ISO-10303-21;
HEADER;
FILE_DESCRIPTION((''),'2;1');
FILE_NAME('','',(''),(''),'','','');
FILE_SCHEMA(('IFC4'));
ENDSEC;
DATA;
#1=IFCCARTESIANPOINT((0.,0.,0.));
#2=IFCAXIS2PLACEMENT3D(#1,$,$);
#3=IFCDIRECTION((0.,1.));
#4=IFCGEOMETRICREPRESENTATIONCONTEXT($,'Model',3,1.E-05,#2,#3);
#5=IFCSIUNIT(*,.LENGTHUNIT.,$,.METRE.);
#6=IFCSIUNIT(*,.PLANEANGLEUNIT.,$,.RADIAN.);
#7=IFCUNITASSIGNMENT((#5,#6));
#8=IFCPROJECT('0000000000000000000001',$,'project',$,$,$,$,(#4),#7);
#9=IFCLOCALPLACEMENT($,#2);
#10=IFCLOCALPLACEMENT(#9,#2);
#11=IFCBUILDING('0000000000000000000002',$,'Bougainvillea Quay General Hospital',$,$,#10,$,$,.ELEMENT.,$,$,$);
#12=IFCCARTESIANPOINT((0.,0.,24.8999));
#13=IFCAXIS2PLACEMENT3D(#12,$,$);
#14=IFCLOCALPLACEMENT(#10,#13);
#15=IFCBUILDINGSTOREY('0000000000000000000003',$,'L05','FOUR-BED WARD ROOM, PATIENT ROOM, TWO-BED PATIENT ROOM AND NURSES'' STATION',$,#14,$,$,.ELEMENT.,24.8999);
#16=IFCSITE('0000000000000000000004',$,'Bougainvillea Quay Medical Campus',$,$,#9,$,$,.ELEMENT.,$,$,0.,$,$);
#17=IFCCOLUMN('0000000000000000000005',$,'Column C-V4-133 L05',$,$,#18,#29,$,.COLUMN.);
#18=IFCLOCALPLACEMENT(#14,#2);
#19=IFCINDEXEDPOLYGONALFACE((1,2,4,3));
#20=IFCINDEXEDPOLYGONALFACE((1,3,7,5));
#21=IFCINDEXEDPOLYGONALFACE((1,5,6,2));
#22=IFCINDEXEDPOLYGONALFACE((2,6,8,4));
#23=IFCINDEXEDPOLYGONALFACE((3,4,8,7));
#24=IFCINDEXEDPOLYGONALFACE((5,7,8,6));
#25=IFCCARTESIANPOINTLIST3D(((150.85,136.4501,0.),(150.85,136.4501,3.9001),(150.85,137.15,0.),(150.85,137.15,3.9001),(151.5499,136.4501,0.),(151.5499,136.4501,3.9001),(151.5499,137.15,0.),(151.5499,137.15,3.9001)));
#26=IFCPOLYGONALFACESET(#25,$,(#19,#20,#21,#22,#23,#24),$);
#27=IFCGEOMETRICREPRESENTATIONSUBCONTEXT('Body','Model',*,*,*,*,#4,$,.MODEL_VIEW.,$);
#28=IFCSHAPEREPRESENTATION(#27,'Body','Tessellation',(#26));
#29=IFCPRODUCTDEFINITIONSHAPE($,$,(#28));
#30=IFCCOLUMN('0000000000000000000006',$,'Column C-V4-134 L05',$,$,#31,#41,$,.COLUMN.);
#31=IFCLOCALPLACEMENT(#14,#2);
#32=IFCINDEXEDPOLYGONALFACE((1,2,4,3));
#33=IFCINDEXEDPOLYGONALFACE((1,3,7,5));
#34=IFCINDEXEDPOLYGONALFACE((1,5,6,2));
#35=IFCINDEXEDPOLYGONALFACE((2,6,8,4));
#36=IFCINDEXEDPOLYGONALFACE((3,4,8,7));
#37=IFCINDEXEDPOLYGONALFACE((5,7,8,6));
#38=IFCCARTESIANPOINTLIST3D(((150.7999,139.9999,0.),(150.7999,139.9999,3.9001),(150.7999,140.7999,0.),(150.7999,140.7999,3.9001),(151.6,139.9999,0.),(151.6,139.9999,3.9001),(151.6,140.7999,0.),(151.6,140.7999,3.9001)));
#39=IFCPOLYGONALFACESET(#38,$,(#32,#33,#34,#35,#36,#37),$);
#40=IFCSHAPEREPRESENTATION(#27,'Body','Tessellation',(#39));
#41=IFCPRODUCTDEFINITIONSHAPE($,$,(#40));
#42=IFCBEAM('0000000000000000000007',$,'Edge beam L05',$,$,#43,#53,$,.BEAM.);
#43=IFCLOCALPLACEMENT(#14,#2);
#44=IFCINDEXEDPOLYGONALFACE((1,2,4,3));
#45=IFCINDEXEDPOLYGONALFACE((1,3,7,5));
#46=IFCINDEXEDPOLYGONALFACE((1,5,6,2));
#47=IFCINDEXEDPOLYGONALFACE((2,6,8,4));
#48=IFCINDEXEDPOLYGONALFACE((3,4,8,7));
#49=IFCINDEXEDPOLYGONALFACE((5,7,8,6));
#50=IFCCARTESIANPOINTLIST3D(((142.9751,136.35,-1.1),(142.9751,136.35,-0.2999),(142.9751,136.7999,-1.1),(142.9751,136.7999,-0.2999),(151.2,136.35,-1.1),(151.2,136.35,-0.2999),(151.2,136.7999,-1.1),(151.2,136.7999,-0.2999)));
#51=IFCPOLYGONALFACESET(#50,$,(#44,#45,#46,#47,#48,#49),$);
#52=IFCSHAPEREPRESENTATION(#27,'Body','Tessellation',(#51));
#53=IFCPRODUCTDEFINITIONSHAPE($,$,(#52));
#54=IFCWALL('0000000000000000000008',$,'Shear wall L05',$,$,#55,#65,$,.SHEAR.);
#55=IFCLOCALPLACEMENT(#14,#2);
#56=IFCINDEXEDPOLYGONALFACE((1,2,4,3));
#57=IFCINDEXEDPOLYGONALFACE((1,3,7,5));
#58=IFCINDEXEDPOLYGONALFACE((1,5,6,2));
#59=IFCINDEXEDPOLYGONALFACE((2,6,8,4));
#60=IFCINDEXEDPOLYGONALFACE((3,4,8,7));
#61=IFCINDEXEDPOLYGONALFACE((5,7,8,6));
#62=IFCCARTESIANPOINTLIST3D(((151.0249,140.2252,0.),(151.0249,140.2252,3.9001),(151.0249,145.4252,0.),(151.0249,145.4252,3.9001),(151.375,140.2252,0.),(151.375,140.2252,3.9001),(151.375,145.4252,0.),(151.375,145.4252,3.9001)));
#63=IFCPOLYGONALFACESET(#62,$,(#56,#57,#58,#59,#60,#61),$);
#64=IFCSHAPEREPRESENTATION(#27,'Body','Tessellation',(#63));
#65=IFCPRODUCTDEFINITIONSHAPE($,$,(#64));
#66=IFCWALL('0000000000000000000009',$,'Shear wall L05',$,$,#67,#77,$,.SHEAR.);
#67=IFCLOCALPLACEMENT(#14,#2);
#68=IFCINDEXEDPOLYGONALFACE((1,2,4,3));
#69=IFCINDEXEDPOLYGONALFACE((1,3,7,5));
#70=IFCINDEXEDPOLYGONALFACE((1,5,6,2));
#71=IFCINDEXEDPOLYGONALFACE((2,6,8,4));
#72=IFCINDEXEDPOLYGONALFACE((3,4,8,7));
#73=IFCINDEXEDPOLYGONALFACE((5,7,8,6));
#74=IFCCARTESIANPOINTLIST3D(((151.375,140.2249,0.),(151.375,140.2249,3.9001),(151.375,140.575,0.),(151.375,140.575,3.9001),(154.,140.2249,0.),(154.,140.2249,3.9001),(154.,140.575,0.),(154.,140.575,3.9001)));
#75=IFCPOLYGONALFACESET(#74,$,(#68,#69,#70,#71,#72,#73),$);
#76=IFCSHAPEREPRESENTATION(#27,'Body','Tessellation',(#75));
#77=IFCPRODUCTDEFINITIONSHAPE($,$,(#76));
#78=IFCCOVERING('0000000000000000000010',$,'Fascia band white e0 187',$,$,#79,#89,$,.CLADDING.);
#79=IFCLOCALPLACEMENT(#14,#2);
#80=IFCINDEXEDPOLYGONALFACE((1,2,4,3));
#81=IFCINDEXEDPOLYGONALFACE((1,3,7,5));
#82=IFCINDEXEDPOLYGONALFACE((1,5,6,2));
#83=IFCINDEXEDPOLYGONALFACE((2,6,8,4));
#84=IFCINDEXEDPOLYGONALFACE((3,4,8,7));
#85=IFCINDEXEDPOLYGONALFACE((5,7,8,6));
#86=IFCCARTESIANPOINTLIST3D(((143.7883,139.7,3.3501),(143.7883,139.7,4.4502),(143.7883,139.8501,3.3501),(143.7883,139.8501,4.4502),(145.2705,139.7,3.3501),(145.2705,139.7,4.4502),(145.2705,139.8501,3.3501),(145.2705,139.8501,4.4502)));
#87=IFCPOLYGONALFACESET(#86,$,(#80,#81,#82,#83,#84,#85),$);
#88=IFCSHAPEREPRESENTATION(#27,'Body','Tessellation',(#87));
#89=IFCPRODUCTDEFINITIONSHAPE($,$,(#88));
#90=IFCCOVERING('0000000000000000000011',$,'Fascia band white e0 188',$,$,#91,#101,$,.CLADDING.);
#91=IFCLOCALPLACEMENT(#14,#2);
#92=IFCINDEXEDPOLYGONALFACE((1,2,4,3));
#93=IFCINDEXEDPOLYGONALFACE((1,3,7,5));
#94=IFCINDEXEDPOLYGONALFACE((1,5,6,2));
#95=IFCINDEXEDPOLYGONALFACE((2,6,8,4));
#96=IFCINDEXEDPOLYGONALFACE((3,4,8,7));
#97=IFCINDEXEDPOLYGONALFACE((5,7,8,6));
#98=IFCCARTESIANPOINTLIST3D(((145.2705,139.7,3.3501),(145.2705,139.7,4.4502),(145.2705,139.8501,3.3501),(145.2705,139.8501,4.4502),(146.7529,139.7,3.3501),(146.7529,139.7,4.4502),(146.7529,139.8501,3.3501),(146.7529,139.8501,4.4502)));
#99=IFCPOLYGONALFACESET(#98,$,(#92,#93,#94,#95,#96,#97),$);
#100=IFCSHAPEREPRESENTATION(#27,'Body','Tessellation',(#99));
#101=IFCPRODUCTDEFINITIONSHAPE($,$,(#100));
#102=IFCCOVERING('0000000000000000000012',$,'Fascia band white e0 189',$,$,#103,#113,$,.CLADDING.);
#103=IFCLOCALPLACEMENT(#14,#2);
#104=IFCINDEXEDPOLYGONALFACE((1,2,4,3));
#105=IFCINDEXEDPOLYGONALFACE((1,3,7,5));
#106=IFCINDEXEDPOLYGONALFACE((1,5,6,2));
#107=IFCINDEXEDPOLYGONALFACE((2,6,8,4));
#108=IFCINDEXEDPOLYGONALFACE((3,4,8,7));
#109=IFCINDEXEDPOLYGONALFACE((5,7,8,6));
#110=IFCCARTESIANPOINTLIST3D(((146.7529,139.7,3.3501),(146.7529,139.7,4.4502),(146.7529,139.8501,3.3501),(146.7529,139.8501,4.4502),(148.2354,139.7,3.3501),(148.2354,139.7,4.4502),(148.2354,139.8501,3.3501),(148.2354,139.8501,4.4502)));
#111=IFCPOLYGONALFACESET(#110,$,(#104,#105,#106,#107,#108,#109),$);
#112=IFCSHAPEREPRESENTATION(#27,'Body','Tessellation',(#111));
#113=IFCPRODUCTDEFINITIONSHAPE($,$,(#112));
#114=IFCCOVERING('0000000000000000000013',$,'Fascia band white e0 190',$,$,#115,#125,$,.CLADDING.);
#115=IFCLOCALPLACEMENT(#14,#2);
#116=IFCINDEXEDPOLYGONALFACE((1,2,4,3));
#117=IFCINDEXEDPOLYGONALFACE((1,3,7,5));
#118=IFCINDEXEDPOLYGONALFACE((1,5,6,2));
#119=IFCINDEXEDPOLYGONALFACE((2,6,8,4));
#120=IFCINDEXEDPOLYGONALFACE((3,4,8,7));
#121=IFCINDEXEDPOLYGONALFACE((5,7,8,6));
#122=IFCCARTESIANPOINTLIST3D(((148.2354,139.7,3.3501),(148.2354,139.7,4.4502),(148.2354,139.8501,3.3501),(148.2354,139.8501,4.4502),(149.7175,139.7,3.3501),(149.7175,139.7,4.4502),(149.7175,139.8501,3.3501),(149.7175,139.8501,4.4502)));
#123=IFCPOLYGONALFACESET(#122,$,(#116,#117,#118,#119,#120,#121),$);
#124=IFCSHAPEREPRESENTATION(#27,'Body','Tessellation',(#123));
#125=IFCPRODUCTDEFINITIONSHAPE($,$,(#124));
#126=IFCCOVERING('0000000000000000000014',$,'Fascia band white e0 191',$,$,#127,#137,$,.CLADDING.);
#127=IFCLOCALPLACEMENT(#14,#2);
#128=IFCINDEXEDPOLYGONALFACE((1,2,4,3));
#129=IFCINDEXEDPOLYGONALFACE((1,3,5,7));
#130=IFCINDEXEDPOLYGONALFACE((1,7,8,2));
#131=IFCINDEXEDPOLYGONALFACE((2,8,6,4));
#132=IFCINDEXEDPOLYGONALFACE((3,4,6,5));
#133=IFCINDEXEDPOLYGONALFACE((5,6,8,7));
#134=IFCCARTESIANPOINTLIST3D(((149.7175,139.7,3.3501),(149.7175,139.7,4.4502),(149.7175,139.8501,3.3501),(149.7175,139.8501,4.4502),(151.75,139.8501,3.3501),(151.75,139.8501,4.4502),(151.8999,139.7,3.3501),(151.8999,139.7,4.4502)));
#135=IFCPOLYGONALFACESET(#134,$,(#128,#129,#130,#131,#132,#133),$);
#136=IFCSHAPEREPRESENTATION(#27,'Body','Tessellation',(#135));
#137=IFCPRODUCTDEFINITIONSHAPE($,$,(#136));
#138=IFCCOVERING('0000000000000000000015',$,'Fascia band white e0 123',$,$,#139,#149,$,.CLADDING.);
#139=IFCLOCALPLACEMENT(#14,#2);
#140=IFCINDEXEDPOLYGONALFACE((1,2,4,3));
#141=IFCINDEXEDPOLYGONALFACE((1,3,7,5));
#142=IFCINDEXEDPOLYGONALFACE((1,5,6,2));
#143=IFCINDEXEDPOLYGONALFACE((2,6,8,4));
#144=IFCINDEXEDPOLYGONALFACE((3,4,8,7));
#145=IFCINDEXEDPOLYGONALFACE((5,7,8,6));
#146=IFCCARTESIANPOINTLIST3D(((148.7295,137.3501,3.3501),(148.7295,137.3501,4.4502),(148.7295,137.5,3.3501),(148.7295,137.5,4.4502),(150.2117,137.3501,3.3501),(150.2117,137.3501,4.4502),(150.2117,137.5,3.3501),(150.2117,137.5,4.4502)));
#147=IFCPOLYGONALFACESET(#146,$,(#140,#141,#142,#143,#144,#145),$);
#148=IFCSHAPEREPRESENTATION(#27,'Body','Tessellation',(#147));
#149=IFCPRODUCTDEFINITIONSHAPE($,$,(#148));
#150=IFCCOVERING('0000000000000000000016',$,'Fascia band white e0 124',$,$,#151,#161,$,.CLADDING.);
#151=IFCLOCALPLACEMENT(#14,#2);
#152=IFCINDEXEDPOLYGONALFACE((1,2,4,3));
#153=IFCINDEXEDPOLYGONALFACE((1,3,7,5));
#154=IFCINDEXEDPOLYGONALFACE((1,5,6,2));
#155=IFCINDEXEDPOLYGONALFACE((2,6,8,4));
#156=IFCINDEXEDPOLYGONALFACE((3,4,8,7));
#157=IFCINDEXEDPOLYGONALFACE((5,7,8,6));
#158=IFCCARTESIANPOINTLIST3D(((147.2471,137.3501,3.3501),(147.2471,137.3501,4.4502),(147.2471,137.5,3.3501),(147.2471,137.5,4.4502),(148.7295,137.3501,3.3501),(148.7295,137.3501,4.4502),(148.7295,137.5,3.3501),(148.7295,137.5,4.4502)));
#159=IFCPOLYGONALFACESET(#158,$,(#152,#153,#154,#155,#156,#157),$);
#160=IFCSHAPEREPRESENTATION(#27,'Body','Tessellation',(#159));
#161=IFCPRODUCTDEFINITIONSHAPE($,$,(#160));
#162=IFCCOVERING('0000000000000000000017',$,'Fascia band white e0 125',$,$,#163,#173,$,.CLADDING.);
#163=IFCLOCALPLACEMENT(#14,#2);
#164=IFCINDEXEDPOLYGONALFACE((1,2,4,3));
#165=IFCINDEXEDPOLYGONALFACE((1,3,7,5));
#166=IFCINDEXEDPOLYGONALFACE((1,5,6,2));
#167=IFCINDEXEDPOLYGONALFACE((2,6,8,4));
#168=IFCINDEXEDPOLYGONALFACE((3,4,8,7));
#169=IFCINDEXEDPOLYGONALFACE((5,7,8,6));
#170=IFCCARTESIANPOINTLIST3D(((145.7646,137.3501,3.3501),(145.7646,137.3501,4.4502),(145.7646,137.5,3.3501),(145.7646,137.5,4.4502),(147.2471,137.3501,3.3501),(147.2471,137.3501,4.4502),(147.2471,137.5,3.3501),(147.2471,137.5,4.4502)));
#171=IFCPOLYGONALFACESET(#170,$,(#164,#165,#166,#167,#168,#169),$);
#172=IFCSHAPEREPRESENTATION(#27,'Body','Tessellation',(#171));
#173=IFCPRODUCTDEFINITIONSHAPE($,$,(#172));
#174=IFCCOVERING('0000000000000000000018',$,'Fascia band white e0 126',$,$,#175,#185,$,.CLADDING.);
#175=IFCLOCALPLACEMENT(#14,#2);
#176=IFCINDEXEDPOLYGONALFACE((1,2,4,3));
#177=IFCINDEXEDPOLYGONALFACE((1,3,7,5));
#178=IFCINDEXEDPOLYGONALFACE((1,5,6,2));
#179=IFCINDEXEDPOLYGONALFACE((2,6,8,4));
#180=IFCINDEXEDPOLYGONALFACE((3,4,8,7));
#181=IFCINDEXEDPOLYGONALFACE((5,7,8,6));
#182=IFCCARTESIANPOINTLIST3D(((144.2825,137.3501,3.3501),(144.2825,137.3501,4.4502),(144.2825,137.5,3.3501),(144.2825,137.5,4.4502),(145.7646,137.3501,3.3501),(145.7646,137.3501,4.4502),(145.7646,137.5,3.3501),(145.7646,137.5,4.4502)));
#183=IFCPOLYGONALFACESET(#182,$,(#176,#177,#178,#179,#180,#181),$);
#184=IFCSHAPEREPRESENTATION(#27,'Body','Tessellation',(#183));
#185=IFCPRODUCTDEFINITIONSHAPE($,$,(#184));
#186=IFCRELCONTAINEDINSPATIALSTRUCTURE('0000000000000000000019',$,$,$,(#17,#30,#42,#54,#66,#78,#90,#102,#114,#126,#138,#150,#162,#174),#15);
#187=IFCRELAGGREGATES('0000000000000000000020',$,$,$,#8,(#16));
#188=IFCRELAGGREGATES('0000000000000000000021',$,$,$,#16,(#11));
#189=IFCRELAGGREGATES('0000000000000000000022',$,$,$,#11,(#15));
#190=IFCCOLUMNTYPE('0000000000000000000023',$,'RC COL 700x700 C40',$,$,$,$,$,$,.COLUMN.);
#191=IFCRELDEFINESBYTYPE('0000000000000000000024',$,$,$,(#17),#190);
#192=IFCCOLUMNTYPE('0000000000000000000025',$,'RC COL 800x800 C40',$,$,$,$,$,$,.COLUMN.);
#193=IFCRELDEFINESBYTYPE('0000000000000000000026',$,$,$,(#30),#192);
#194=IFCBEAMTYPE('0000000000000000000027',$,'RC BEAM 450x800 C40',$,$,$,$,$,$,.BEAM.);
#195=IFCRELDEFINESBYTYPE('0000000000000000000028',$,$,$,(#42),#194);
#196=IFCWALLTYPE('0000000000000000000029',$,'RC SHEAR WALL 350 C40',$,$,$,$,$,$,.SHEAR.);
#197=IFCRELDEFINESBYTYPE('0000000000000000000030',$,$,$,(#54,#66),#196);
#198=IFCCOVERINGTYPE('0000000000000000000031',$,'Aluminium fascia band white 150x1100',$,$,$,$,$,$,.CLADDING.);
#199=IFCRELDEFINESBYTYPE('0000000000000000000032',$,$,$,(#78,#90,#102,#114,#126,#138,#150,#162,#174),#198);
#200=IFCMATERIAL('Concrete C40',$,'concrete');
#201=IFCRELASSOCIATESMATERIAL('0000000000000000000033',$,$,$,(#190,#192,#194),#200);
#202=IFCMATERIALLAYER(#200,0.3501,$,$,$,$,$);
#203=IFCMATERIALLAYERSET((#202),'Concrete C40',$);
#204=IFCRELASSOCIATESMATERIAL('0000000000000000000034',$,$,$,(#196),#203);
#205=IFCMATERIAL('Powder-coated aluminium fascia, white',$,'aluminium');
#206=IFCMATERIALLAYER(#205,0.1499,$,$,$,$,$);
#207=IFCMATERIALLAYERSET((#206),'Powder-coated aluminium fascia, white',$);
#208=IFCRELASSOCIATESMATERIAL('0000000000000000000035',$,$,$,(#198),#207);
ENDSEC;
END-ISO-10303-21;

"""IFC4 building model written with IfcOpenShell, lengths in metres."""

from ifc_helpers import new_model, si_unit, direction, frame, frame_2d, origin, origin_2d, place, context, subcontext, project, spatial, polyline, rectangle, outline, extrude, material, layer, layer_set, material_profile, profile_set, type_object, element, save


model = new_model("IFC4")

# Units and contexts
model_context = context("Model", 3, precision=1e-05, world=origin(), true_north=direction((0.0, 1.0)))
body_context = subcontext(model_context, "Body", "Model", "MODEL_VIEW")
ifc_project = project(units=[si_unit("LENGTHUNIT", "METRE"), si_unit("PLANEANGLEUNIT", "RADIAN")], contexts=[model_context])

# Site, building, storey
site_placement = place(None, origin())
site = spatial("IfcSite", under=ifc_project, at=site_placement, Name="Bougainvillea Quay Medical Campus", CompositionType="ELEMENT", RefElevation=0.0)
building_placement = place(site_placement, origin())
building = spatial("IfcBuilding", under=site, at=building_placement, Name="Bougainvillea Quay General Hospital", CompositionType="ELEMENT")
storey_placement = place(building_placement, frame((0.0, 0.0, 24.8999)))
storey = spatial("IfcBuildingStorey", under=building, at=storey_placement, Name="L05", Description="FOUR-BED WARD ROOM, PATIENT ROOM, TWO-BED PATIENT ROOM AND NURSES' STATION", CompositionType="ELEMENT", Elevation=24.8999)

# Columns
ifc_material_1 = material(Name="Concrete C40", Category="concrete")
ifc_material_profile_1 = material_profile(ifc_material_1, rectangle(XDim=0.7, YDim=0.7, at=origin_2d()))
ifc_profile_set_1 = profile_set([ifc_material_profile_1], Name="Concrete C40")
column_type_1 = type_object("IfcColumnType", Name="RC COL 700x700 C40", PredefinedType="COLUMN", material=ifc_profile_set_1)
column_1_placement = place(storey_placement, frame((151.2, 136.8, 0.0), z_axis=(0.0, 0.0, 1.0), x_axis=(1.0, 0.0, 0.0)))
element("IfcColumn", 1, at=column_1_placement, inside=storey, type_object=column_type_1, Name="Column C-V4-133 L05", PredefinedType="COLUMN", context=body_context, shape_type="SweptSolid", body=[
    extrude(rectangle(XDim=0.7, YDim=0.7, at=origin_2d()), origin(), (0.0, 0.0, 1.0), 3.9001),
])
ifc_material_profile_2 = material_profile(ifc_material_1, rectangle(XDim=0.8, YDim=0.8, at=origin_2d()))
ifc_profile_set_2 = profile_set([ifc_material_profile_2], Name="Concrete C40")
column_type_2 = type_object("IfcColumnType", Name="RC COL 800x800 C40", PredefinedType="COLUMN", material=ifc_profile_set_2)
column_2_placement = place(storey_placement, frame((151.2, 140.3999, 0.0), z_axis=(0.0, 0.0, 1.0), x_axis=(1.0, 0.0, 0.0)))
element("IfcColumn", 2, at=column_2_placement, inside=storey, type_object=column_type_2, Name="Column C-V4-134 L05", PredefinedType="COLUMN", context=body_context, shape_type="SweptSolid", body=[
    extrude(rectangle(XDim=0.8, YDim=0.8, at=origin_2d()), origin(), (0.0, 0.0, 1.0), 3.9001),
])

# Beam
ifc_material_profile_3 = material_profile(ifc_material_1, rectangle(XDim=0.45, YDim=0.8, at=origin_2d()))
ifc_profile_set_3 = profile_set([ifc_material_profile_3], Name="Concrete C40")
beam_type = type_object("IfcBeamType", Name="RC BEAM 450x800 C40", PredefinedType="BEAM", material=ifc_profile_set_3)
beam_placement = place(storey_placement, frame((151.2, 136.575, -0.7), z_axis=(-1.0, 0.0, 0.0), x_axis=(0.0, -1.0, 0.0)))
element("IfcBeam", 3, at=beam_placement, inside=storey, type_object=beam_type, Name="Edge beam L05", PredefinedType="BEAM", context=body_context, shape_type="SweptSolid", body=[
    extrude(rectangle(XDim=0.45, YDim=0.8, at=origin_2d()), origin(), (0.0, 0.0, 1.0), 8.2249),
])

# Walls
ifc_layer_1 = layer(ifc_material_1, 0.3501)
ifc_layer_set_1 = layer_set([ifc_layer_1], Name="Concrete C40")
wall_type = type_object("IfcWallType", Name="RC SHEAR WALL 350 C40", PredefinedType="SHEAR", material=ifc_layer_set_1)
wall_1_placement = place(storey_placement, frame((151.2, 140.2251, 0.0), z_axis=(0.0, 0.0, 1.0), x_axis=(0.0, 1.0, 0.0)))
element("IfcWall", 4, at=wall_1_placement, inside=storey, type_object=wall_type, Name="Shear wall L05", PredefinedType="SHEAR", context=body_context, shape_type="SweptSolid", body=[
    extrude(rectangle(XDim=5.2, YDim=0.3501, at=frame_2d((2.6001, 0.0))), origin(), (0.0, 0.0, 1.0), 3.9001),
])
wall_2_placement = place(storey_placement, frame((151.375, 140.3999, 0.0), z_axis=(0.0, 0.0, 1.0), x_axis=(1.0, 0.0, 0.0)))
element("IfcWall", 5, at=wall_2_placement, inside=storey, type_object=wall_type, Name="Shear wall L05", PredefinedType="SHEAR", context=body_context, shape_type="SweptSolid", body=[
    extrude(rectangle(XDim=2.625, YDim=0.3501, at=frame_2d((1.3125, 0.0))), origin(), (0.0, 0.0, 1.0), 3.9001),
])

# Coverings
ifc_material_2 = material(Name="Powder-coated aluminium fascia, white", Category="aluminium")
ifc_layer_2 = layer(ifc_material_2, 0.1499)
ifc_layer_set_2 = layer_set([ifc_layer_2], Name="Powder-coated aluminium fascia, white")
covering_type = type_object("IfcCoveringType", Name="Aluminium fascia band white 150x1100", PredefinedType="CLADDING", material=ifc_layer_set_2)
covering_1_placement = place(storey_placement, frame((143.7883, 139.8501, 3.3501), z_axis=(0.0, 0.0, 1.0), x_axis=(1.0, 0.0, 0.0)))
element("IfcCovering", 6, at=covering_1_placement, inside=storey, type_object=covering_type, Name="Fascia band white e0 187", PredefinedType="CLADDING", context=body_context, shape_type="SweptSolid", body=[
    extrude(outline(polyline([(0.0, 0.0), (1.4822, 0.0), (1.4822, -0.1501), (0.0, -0.1501), (0.0, 0.0)])), origin(), (0.0, 0.0, 1.0), 1.1001),
])
for number, where, z_axis, x_axis, name in (
    (7, (145.2705, 139.8501, 3.3501), (0.0, 0.0, 1.0), (1.0, 0.0, 0.0), "Fascia band white e0 188"),
    (8, (146.7529, 139.8501, 3.3501), (0.0, 0.0, 1.0), (1.0, 0.0, 0.0), "Fascia band white e0 189"),
):
    element("IfcCovering", number, at=place(storey_placement, frame(where, z_axis=z_axis, x_axis=x_axis)), inside=storey, type_object=covering_type, Name=name, PredefinedType="CLADDING", context=body_context, shape_type="SweptSolid", body=[
        extrude(outline(polyline([(0.0, 0.0), (1.4824, 0.0), (1.4824, -0.1501), (0.0, -0.1501), (0.0, 0.0)])), origin(), (0.0, 0.0, 1.0), 1.1001),
    ])
covering_2_placement = place(storey_placement, frame((148.2354, 139.8501, 3.3501), z_axis=(0.0, 0.0, 1.0), x_axis=(1.0, 0.0, 0.0)))
element("IfcCovering", 9, at=covering_2_placement, inside=storey, type_object=covering_type, Name="Fascia band white e0 190", PredefinedType="CLADDING", context=body_context, shape_type="SweptSolid", body=[
    extrude(outline(polyline([(0.0, 0.0), (1.4822, 0.0), (1.4822, -0.1501), (0.0, -0.1501), (0.0, 0.0)])), origin(), (0.0, 0.0, 1.0), 1.1001),
])
covering_3_placement = place(storey_placement, frame((149.7175, 139.8501, 3.3501), z_axis=(0.0, 0.0, 1.0), x_axis=(1.0, 0.0, 0.0)))
element("IfcCovering", 10, at=covering_3_placement, inside=storey, type_object=covering_type, Name="Fascia band white e0 191", PredefinedType="CLADDING", context=body_context, shape_type="SweptSolid", body=[
    extrude(outline(polyline([(0.0, 0.0), (2.0325, 0.0), (2.1824, -0.1501), (0.0, -0.1501), (0.0, 0.0)])), origin(), (0.0, 0.0, 1.0), 1.1001),
])
covering_4_placement = place(storey_placement, frame((150.2117, 137.3501, 3.3501), z_axis=(0.0, 0.0, 1.0), x_axis=(-1.0, 0.0, 0.0)))
element("IfcCovering", 11, at=covering_4_placement, inside=storey, type_object=covering_type, Name="Fascia band white e0 123", PredefinedType="CLADDING", context=body_context, shape_type="SweptSolid", body=[
    extrude(outline(polyline([(0.0, 0.0), (1.4822, 0.0), (1.4822, -0.1499), (0.0, -0.1499), (0.0, 0.0)])), origin(), (0.0, 0.0, 1.0), 1.1001),
])
for number, where, z_axis, x_axis, name in (
    (12, (148.7295, 137.3501, 3.3501), (0.0, 0.0, 1.0), (-1.0, 0.0, 0.0), "Fascia band white e0 124"),
    (13, (147.2471, 137.3501, 3.3501), (0.0, 0.0, 1.0), (-1.0, 0.0, 0.0), "Fascia band white e0 125"),
):
    element("IfcCovering", number, at=place(storey_placement, frame(where, z_axis=z_axis, x_axis=x_axis)), inside=storey, type_object=covering_type, Name=name, PredefinedType="CLADDING", context=body_context, shape_type="SweptSolid", body=[
        extrude(outline(polyline([(0.0, 0.0), (1.4824, 0.0), (1.4824, -0.1499), (0.0, -0.1499), (0.0, 0.0)])), origin(), (0.0, 0.0, 1.0), 1.1001),
    ])
covering_5_placement = place(storey_placement, frame((145.7646, 137.3501, 3.3501), z_axis=(0.0, 0.0, 1.0), x_axis=(-1.0, 0.0, 0.0)))
element("IfcCovering", 14, at=covering_5_placement, inside=storey, type_object=covering_type, Name="Fascia band white e0 126", PredefinedType="CLADDING", context=body_context, shape_type="SweptSolid", body=[
    extrude(outline(polyline([(0.0, 0.0), (1.4822, 0.0), (1.4822, -0.1499), (0.0, -0.1499), (0.0, 0.0)])), origin(), (0.0, 0.0, 1.0), 1.1001),
])

save(model, "model.ifc")
